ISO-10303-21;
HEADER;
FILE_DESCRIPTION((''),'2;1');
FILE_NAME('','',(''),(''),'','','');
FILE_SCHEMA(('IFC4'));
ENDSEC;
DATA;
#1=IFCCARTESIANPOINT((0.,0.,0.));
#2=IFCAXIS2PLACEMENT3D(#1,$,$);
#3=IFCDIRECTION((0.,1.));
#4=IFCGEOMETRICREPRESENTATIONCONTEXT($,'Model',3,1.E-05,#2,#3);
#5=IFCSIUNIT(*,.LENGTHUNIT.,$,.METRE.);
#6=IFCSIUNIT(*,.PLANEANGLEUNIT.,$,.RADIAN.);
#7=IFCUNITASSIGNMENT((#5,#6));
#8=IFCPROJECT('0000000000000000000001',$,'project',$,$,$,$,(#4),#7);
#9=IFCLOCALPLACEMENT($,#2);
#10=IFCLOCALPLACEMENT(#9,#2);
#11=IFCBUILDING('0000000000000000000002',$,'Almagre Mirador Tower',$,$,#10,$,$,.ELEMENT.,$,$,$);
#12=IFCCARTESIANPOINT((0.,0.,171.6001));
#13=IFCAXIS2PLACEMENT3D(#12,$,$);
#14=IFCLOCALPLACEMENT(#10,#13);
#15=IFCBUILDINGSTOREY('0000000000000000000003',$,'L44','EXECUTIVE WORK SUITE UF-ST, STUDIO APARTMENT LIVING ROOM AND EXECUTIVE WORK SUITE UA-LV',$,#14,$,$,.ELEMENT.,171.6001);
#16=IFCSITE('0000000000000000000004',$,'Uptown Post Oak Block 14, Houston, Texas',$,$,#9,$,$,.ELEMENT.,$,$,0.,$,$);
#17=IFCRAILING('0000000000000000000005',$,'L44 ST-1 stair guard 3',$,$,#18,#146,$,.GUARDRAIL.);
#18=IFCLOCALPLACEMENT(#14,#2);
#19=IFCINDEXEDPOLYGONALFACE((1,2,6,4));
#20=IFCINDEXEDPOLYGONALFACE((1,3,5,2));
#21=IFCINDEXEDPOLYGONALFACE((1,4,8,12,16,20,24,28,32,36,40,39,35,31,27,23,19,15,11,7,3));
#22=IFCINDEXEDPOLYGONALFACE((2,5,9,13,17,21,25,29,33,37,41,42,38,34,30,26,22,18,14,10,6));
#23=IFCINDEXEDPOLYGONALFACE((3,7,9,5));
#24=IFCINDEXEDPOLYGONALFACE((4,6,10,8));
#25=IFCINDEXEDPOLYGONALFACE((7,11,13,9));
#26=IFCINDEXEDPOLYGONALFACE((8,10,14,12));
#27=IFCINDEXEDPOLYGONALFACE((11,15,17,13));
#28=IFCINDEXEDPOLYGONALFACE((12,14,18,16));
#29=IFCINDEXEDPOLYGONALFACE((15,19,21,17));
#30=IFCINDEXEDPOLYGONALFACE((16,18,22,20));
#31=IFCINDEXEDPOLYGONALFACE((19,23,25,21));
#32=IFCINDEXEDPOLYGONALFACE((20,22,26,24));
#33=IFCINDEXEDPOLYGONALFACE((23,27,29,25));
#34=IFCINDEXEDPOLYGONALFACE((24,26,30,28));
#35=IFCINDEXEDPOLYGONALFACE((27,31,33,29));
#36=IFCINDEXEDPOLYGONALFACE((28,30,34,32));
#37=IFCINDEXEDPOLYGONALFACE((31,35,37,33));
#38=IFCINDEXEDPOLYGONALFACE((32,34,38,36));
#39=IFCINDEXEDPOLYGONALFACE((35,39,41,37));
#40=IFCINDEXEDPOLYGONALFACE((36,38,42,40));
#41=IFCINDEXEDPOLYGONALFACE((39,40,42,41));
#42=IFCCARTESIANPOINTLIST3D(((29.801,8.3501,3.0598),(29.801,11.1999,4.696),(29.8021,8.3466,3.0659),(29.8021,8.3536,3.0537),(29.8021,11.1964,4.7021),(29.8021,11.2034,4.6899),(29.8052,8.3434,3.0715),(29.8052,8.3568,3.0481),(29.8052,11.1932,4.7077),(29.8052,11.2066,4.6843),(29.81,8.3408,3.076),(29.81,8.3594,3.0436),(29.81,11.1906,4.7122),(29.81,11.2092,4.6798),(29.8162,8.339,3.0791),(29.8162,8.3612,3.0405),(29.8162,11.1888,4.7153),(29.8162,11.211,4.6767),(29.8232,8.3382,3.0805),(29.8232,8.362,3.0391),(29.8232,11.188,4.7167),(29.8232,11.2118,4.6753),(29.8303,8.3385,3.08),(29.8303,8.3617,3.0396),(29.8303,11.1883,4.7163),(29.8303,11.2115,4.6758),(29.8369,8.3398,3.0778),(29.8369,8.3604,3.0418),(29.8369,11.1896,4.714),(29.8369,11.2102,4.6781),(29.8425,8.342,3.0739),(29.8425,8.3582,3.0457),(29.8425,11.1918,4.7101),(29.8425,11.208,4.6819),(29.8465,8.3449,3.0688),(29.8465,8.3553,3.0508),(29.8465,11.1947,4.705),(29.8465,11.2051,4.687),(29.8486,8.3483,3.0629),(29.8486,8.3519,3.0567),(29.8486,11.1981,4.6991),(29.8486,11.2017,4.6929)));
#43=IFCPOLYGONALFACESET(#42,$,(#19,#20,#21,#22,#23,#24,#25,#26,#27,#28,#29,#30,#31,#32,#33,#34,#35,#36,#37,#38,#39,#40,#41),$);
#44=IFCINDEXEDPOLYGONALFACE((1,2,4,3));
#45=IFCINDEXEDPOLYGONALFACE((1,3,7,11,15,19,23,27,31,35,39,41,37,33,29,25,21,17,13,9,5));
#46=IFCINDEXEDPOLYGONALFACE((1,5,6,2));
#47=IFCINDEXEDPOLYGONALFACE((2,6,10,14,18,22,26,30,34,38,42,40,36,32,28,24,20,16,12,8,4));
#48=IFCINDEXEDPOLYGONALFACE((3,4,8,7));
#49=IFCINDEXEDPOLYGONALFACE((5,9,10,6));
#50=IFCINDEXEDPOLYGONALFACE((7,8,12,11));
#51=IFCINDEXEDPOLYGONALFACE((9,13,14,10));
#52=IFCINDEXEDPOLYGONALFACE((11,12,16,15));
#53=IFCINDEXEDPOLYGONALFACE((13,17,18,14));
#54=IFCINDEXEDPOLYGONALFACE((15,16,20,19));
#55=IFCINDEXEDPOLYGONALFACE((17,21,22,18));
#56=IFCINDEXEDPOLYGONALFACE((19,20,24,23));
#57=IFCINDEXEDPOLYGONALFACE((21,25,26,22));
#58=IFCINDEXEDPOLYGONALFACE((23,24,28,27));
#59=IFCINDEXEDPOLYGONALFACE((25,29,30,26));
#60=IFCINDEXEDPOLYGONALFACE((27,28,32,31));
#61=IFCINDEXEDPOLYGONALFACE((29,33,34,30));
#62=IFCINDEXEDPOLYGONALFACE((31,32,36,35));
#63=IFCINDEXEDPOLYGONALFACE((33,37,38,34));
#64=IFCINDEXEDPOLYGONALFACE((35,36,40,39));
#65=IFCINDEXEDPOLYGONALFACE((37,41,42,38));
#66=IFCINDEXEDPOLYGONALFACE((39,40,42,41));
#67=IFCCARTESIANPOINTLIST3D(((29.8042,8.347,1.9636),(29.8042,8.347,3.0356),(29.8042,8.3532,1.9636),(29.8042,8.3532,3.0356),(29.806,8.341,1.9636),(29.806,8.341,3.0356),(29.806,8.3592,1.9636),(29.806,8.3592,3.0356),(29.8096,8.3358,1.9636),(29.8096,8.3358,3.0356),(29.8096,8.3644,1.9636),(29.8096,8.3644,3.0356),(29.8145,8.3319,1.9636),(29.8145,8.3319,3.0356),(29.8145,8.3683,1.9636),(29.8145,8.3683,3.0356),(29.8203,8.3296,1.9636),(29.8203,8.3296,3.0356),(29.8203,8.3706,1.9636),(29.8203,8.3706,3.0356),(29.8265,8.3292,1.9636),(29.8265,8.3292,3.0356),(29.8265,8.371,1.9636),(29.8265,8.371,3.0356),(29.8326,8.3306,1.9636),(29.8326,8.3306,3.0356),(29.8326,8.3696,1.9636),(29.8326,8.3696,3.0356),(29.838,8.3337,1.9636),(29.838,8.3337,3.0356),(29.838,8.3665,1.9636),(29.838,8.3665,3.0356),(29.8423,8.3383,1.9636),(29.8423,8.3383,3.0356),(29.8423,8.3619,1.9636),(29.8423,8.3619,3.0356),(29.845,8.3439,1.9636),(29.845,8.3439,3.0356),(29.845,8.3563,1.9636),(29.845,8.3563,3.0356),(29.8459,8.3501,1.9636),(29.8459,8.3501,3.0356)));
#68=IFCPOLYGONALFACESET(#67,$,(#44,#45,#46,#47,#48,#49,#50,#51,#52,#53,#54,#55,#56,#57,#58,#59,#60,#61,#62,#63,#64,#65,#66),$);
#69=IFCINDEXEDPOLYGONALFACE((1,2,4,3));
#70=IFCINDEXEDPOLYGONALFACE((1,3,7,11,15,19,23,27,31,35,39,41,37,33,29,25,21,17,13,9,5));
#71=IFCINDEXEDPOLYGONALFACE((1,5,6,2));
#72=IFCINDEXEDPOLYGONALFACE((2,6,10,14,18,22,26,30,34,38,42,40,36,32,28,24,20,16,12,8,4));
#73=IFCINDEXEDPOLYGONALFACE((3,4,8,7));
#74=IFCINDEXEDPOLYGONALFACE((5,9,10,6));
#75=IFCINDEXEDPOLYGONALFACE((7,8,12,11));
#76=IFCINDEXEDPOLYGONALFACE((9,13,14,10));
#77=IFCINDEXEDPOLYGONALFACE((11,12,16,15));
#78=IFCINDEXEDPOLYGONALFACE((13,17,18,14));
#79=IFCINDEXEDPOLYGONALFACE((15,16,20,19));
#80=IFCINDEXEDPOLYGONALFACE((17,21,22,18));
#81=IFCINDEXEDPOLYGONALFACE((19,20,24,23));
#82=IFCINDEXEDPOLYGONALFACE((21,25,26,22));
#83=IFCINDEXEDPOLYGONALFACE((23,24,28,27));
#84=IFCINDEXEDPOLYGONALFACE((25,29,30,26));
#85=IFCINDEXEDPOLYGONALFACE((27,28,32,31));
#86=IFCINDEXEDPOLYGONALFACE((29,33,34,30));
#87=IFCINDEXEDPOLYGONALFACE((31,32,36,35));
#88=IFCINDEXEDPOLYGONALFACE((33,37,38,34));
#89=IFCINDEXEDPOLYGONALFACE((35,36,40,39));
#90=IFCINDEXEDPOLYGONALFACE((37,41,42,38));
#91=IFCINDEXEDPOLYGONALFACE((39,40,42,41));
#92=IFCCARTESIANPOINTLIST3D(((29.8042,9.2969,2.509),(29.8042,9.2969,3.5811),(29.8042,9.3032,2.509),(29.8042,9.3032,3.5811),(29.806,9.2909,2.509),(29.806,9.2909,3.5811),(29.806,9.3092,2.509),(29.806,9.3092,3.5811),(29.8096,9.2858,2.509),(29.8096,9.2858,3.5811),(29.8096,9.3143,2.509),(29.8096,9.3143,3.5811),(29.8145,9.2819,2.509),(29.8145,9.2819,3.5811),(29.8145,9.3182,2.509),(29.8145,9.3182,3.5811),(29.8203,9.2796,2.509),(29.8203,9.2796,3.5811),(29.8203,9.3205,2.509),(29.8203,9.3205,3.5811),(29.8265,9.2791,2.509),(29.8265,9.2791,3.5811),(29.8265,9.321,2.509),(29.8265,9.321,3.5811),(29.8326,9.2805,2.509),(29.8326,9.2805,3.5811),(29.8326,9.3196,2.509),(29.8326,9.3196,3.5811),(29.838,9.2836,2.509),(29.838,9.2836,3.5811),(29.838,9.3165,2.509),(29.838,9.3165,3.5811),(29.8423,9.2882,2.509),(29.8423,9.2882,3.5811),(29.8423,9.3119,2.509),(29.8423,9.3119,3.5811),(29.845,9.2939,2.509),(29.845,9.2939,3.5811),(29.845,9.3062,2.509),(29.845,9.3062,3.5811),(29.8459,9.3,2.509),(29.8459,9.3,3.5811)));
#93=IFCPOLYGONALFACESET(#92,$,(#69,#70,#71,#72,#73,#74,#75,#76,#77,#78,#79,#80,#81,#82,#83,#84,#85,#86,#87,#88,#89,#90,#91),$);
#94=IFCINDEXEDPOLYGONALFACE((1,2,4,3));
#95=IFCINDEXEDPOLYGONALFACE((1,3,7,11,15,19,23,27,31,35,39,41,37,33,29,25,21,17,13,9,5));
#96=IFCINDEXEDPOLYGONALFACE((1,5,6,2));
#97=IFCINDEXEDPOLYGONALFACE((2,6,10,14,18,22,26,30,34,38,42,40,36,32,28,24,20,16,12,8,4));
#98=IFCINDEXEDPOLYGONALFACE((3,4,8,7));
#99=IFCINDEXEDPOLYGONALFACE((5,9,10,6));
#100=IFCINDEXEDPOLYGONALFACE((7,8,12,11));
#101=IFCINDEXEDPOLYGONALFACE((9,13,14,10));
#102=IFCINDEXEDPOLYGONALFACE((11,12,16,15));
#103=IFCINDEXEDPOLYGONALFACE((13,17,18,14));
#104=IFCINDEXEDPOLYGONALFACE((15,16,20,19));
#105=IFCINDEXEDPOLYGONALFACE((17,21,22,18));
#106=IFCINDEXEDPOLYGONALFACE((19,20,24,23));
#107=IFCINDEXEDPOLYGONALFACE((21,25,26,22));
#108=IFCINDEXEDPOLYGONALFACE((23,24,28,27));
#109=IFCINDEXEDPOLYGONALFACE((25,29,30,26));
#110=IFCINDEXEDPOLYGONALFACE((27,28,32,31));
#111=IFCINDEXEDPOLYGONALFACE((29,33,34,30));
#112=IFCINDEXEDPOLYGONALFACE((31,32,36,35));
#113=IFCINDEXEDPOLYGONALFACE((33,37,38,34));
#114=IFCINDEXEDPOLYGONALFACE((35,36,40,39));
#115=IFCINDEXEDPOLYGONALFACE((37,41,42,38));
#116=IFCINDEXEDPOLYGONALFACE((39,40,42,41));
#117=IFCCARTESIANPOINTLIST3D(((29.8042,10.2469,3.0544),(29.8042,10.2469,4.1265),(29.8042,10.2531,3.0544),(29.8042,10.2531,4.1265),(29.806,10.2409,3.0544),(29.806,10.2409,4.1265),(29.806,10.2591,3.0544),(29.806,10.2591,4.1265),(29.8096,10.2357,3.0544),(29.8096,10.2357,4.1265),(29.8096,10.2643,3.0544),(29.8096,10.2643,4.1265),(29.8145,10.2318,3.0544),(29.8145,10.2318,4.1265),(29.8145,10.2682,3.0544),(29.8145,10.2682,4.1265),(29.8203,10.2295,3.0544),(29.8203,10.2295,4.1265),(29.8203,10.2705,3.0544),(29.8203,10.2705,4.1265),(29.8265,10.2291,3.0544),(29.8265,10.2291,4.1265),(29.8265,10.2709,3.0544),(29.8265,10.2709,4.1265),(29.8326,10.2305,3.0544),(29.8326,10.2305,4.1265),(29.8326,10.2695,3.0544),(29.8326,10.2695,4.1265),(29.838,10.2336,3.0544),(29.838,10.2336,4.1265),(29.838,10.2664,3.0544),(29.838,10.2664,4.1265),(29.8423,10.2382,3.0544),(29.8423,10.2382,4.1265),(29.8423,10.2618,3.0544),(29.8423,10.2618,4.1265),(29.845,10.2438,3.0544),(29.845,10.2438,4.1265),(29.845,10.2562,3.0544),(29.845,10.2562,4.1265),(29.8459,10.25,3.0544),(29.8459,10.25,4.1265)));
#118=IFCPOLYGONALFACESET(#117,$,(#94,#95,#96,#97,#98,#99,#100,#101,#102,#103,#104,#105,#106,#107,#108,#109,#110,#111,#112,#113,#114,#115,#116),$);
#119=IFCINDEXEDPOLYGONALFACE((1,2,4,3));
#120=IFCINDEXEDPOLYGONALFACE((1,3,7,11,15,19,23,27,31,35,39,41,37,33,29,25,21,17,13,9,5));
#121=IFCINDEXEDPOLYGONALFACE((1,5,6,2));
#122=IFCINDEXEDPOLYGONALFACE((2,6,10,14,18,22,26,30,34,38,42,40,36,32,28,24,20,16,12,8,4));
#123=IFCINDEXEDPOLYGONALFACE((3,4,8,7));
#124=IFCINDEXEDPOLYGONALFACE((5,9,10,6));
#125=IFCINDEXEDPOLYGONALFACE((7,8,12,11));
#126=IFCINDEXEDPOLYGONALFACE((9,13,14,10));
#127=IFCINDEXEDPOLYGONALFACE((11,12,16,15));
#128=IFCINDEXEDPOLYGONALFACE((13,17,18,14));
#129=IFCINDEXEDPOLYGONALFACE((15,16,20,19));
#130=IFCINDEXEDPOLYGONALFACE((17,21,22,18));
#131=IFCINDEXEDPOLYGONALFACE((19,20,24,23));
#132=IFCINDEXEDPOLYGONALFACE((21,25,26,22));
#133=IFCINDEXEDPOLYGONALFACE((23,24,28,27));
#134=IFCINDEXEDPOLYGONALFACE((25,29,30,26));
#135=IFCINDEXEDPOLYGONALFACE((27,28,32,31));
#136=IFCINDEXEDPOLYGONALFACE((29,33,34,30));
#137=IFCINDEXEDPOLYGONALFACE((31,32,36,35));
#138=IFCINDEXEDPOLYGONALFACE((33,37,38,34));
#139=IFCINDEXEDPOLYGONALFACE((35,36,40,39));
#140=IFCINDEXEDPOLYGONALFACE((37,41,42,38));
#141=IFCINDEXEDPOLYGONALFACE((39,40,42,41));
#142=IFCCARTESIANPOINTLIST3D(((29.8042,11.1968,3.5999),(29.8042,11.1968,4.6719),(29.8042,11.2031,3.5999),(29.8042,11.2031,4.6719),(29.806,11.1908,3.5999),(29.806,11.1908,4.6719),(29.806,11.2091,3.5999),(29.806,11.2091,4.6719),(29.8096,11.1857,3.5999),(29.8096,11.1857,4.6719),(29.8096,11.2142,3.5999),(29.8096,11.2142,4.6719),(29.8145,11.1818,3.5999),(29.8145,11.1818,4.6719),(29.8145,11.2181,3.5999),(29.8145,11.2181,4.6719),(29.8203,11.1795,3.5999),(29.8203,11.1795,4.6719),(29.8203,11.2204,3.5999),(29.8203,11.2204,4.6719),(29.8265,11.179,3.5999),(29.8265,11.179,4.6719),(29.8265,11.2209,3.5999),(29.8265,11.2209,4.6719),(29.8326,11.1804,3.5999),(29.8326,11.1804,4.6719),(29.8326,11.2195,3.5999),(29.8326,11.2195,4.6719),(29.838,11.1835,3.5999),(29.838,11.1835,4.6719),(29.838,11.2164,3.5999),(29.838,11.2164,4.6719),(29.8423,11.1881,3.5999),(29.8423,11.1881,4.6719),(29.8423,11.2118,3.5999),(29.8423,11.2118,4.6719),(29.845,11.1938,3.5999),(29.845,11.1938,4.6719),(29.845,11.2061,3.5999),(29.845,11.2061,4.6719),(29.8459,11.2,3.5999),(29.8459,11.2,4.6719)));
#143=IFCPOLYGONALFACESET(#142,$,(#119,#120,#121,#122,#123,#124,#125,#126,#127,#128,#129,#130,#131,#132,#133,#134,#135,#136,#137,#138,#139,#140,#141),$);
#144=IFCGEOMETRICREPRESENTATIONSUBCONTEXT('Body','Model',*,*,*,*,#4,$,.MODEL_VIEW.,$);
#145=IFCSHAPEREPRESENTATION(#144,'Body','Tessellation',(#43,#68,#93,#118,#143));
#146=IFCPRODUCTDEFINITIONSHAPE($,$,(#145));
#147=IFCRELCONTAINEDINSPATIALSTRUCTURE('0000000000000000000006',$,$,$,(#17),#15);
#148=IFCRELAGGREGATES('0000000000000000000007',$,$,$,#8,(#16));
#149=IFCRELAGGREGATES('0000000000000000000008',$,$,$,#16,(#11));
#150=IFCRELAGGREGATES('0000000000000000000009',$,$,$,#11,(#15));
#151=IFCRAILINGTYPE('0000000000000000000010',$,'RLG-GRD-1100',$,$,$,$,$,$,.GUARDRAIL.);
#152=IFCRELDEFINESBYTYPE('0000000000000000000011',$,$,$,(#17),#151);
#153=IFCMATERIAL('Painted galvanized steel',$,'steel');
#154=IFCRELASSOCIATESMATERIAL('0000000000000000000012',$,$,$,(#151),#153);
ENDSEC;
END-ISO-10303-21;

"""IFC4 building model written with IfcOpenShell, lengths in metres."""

from ifc_helpers import new_model, si_unit, direction, frame, origin, origin_2d, place, context, subcontext, project, spatial, circle, extrude, material, type_object, element, save


model = new_model("IFC4")

# Units and contexts
model_context = context("Model", 3, precision=1e-05, world=origin(), true_north=direction((0.0, 1.0)))
body_context = subcontext(model_context, "Body", "Model", "MODEL_VIEW")
ifc_project = project(units=[si_unit("LENGTHUNIT", "METRE"), si_unit("PLANEANGLEUNIT", "RADIAN")], contexts=[model_context])

# Site, building, storey
site_placement = place(None, origin())
site = spatial("IfcSite", under=ifc_project, at=site_placement, Name="Uptown Post Oak Block 14, Houston, Texas", CompositionType="ELEMENT", RefElevation=0.0)
building_placement = place(site_placement, origin())
building = spatial("IfcBuilding", under=site, at=building_placement, Name="Almagre Mirador Tower", CompositionType="ELEMENT")
storey_placement = place(building_placement, frame((0.0, 0.0, 171.6001)))
storey = spatial("IfcBuildingStorey", under=building, at=storey_placement, Name="L44", Description="EXECUTIVE WORK SUITE UF-ST, STUDIO APARTMENT LIVING ROOM AND EXECUTIVE WORK SUITE UA-LV", CompositionType="ELEMENT", Elevation=171.6001)

# Railing
ifc_material_1 = material(Name="Painted galvanized steel", Category="steel")
railing_type_1 = type_object("IfcRailingType", Name="RLG-GRD-1100", PredefinedType="GUARDRAIL", material=ifc_material_1)
railing_1_placement = place(storey_placement, frame((29.825, 8.3501, 1.9636)))
element("IfcRailing", 1, at=railing_1_placement, inside=storey, type_object=railing_type_1, Name="L44 ST-1 stair guard 3", PredefinedType="GUARDRAIL", context=body_context, shape_type="SweptSolid", body=[
    extrude(circle(Radius=0.0239, at=origin_2d()), frame((0.0, 0.0, 1.0962), z_axis=(0.0, 0.867226, 0.497914), x_axis=(-1.0, 0.0, 0.0)), (0.0, 0.0, 1.0), 3.2861),
    extrude(circle(Radius=0.021, at=origin_2d()), origin(), (0.0, 0.0, 1.0), 1.072),
    extrude(circle(Radius=0.021, at=origin_2d()), frame((0.0, 0.95, 0.5454)), (0.0, 0.0, 1.0), 1.072),
    extrude(circle(Radius=0.021, at=origin_2d()), frame((0.0, 1.8999, 1.0908)), (0.0, 0.0, 1.0), 1.072),
    extrude(circle(Radius=0.021, at=origin_2d()), frame((0.0, 2.8499, 1.6362)), (0.0, 0.0, 1.0), 1.072),
])

save(model, "model.ifc")
